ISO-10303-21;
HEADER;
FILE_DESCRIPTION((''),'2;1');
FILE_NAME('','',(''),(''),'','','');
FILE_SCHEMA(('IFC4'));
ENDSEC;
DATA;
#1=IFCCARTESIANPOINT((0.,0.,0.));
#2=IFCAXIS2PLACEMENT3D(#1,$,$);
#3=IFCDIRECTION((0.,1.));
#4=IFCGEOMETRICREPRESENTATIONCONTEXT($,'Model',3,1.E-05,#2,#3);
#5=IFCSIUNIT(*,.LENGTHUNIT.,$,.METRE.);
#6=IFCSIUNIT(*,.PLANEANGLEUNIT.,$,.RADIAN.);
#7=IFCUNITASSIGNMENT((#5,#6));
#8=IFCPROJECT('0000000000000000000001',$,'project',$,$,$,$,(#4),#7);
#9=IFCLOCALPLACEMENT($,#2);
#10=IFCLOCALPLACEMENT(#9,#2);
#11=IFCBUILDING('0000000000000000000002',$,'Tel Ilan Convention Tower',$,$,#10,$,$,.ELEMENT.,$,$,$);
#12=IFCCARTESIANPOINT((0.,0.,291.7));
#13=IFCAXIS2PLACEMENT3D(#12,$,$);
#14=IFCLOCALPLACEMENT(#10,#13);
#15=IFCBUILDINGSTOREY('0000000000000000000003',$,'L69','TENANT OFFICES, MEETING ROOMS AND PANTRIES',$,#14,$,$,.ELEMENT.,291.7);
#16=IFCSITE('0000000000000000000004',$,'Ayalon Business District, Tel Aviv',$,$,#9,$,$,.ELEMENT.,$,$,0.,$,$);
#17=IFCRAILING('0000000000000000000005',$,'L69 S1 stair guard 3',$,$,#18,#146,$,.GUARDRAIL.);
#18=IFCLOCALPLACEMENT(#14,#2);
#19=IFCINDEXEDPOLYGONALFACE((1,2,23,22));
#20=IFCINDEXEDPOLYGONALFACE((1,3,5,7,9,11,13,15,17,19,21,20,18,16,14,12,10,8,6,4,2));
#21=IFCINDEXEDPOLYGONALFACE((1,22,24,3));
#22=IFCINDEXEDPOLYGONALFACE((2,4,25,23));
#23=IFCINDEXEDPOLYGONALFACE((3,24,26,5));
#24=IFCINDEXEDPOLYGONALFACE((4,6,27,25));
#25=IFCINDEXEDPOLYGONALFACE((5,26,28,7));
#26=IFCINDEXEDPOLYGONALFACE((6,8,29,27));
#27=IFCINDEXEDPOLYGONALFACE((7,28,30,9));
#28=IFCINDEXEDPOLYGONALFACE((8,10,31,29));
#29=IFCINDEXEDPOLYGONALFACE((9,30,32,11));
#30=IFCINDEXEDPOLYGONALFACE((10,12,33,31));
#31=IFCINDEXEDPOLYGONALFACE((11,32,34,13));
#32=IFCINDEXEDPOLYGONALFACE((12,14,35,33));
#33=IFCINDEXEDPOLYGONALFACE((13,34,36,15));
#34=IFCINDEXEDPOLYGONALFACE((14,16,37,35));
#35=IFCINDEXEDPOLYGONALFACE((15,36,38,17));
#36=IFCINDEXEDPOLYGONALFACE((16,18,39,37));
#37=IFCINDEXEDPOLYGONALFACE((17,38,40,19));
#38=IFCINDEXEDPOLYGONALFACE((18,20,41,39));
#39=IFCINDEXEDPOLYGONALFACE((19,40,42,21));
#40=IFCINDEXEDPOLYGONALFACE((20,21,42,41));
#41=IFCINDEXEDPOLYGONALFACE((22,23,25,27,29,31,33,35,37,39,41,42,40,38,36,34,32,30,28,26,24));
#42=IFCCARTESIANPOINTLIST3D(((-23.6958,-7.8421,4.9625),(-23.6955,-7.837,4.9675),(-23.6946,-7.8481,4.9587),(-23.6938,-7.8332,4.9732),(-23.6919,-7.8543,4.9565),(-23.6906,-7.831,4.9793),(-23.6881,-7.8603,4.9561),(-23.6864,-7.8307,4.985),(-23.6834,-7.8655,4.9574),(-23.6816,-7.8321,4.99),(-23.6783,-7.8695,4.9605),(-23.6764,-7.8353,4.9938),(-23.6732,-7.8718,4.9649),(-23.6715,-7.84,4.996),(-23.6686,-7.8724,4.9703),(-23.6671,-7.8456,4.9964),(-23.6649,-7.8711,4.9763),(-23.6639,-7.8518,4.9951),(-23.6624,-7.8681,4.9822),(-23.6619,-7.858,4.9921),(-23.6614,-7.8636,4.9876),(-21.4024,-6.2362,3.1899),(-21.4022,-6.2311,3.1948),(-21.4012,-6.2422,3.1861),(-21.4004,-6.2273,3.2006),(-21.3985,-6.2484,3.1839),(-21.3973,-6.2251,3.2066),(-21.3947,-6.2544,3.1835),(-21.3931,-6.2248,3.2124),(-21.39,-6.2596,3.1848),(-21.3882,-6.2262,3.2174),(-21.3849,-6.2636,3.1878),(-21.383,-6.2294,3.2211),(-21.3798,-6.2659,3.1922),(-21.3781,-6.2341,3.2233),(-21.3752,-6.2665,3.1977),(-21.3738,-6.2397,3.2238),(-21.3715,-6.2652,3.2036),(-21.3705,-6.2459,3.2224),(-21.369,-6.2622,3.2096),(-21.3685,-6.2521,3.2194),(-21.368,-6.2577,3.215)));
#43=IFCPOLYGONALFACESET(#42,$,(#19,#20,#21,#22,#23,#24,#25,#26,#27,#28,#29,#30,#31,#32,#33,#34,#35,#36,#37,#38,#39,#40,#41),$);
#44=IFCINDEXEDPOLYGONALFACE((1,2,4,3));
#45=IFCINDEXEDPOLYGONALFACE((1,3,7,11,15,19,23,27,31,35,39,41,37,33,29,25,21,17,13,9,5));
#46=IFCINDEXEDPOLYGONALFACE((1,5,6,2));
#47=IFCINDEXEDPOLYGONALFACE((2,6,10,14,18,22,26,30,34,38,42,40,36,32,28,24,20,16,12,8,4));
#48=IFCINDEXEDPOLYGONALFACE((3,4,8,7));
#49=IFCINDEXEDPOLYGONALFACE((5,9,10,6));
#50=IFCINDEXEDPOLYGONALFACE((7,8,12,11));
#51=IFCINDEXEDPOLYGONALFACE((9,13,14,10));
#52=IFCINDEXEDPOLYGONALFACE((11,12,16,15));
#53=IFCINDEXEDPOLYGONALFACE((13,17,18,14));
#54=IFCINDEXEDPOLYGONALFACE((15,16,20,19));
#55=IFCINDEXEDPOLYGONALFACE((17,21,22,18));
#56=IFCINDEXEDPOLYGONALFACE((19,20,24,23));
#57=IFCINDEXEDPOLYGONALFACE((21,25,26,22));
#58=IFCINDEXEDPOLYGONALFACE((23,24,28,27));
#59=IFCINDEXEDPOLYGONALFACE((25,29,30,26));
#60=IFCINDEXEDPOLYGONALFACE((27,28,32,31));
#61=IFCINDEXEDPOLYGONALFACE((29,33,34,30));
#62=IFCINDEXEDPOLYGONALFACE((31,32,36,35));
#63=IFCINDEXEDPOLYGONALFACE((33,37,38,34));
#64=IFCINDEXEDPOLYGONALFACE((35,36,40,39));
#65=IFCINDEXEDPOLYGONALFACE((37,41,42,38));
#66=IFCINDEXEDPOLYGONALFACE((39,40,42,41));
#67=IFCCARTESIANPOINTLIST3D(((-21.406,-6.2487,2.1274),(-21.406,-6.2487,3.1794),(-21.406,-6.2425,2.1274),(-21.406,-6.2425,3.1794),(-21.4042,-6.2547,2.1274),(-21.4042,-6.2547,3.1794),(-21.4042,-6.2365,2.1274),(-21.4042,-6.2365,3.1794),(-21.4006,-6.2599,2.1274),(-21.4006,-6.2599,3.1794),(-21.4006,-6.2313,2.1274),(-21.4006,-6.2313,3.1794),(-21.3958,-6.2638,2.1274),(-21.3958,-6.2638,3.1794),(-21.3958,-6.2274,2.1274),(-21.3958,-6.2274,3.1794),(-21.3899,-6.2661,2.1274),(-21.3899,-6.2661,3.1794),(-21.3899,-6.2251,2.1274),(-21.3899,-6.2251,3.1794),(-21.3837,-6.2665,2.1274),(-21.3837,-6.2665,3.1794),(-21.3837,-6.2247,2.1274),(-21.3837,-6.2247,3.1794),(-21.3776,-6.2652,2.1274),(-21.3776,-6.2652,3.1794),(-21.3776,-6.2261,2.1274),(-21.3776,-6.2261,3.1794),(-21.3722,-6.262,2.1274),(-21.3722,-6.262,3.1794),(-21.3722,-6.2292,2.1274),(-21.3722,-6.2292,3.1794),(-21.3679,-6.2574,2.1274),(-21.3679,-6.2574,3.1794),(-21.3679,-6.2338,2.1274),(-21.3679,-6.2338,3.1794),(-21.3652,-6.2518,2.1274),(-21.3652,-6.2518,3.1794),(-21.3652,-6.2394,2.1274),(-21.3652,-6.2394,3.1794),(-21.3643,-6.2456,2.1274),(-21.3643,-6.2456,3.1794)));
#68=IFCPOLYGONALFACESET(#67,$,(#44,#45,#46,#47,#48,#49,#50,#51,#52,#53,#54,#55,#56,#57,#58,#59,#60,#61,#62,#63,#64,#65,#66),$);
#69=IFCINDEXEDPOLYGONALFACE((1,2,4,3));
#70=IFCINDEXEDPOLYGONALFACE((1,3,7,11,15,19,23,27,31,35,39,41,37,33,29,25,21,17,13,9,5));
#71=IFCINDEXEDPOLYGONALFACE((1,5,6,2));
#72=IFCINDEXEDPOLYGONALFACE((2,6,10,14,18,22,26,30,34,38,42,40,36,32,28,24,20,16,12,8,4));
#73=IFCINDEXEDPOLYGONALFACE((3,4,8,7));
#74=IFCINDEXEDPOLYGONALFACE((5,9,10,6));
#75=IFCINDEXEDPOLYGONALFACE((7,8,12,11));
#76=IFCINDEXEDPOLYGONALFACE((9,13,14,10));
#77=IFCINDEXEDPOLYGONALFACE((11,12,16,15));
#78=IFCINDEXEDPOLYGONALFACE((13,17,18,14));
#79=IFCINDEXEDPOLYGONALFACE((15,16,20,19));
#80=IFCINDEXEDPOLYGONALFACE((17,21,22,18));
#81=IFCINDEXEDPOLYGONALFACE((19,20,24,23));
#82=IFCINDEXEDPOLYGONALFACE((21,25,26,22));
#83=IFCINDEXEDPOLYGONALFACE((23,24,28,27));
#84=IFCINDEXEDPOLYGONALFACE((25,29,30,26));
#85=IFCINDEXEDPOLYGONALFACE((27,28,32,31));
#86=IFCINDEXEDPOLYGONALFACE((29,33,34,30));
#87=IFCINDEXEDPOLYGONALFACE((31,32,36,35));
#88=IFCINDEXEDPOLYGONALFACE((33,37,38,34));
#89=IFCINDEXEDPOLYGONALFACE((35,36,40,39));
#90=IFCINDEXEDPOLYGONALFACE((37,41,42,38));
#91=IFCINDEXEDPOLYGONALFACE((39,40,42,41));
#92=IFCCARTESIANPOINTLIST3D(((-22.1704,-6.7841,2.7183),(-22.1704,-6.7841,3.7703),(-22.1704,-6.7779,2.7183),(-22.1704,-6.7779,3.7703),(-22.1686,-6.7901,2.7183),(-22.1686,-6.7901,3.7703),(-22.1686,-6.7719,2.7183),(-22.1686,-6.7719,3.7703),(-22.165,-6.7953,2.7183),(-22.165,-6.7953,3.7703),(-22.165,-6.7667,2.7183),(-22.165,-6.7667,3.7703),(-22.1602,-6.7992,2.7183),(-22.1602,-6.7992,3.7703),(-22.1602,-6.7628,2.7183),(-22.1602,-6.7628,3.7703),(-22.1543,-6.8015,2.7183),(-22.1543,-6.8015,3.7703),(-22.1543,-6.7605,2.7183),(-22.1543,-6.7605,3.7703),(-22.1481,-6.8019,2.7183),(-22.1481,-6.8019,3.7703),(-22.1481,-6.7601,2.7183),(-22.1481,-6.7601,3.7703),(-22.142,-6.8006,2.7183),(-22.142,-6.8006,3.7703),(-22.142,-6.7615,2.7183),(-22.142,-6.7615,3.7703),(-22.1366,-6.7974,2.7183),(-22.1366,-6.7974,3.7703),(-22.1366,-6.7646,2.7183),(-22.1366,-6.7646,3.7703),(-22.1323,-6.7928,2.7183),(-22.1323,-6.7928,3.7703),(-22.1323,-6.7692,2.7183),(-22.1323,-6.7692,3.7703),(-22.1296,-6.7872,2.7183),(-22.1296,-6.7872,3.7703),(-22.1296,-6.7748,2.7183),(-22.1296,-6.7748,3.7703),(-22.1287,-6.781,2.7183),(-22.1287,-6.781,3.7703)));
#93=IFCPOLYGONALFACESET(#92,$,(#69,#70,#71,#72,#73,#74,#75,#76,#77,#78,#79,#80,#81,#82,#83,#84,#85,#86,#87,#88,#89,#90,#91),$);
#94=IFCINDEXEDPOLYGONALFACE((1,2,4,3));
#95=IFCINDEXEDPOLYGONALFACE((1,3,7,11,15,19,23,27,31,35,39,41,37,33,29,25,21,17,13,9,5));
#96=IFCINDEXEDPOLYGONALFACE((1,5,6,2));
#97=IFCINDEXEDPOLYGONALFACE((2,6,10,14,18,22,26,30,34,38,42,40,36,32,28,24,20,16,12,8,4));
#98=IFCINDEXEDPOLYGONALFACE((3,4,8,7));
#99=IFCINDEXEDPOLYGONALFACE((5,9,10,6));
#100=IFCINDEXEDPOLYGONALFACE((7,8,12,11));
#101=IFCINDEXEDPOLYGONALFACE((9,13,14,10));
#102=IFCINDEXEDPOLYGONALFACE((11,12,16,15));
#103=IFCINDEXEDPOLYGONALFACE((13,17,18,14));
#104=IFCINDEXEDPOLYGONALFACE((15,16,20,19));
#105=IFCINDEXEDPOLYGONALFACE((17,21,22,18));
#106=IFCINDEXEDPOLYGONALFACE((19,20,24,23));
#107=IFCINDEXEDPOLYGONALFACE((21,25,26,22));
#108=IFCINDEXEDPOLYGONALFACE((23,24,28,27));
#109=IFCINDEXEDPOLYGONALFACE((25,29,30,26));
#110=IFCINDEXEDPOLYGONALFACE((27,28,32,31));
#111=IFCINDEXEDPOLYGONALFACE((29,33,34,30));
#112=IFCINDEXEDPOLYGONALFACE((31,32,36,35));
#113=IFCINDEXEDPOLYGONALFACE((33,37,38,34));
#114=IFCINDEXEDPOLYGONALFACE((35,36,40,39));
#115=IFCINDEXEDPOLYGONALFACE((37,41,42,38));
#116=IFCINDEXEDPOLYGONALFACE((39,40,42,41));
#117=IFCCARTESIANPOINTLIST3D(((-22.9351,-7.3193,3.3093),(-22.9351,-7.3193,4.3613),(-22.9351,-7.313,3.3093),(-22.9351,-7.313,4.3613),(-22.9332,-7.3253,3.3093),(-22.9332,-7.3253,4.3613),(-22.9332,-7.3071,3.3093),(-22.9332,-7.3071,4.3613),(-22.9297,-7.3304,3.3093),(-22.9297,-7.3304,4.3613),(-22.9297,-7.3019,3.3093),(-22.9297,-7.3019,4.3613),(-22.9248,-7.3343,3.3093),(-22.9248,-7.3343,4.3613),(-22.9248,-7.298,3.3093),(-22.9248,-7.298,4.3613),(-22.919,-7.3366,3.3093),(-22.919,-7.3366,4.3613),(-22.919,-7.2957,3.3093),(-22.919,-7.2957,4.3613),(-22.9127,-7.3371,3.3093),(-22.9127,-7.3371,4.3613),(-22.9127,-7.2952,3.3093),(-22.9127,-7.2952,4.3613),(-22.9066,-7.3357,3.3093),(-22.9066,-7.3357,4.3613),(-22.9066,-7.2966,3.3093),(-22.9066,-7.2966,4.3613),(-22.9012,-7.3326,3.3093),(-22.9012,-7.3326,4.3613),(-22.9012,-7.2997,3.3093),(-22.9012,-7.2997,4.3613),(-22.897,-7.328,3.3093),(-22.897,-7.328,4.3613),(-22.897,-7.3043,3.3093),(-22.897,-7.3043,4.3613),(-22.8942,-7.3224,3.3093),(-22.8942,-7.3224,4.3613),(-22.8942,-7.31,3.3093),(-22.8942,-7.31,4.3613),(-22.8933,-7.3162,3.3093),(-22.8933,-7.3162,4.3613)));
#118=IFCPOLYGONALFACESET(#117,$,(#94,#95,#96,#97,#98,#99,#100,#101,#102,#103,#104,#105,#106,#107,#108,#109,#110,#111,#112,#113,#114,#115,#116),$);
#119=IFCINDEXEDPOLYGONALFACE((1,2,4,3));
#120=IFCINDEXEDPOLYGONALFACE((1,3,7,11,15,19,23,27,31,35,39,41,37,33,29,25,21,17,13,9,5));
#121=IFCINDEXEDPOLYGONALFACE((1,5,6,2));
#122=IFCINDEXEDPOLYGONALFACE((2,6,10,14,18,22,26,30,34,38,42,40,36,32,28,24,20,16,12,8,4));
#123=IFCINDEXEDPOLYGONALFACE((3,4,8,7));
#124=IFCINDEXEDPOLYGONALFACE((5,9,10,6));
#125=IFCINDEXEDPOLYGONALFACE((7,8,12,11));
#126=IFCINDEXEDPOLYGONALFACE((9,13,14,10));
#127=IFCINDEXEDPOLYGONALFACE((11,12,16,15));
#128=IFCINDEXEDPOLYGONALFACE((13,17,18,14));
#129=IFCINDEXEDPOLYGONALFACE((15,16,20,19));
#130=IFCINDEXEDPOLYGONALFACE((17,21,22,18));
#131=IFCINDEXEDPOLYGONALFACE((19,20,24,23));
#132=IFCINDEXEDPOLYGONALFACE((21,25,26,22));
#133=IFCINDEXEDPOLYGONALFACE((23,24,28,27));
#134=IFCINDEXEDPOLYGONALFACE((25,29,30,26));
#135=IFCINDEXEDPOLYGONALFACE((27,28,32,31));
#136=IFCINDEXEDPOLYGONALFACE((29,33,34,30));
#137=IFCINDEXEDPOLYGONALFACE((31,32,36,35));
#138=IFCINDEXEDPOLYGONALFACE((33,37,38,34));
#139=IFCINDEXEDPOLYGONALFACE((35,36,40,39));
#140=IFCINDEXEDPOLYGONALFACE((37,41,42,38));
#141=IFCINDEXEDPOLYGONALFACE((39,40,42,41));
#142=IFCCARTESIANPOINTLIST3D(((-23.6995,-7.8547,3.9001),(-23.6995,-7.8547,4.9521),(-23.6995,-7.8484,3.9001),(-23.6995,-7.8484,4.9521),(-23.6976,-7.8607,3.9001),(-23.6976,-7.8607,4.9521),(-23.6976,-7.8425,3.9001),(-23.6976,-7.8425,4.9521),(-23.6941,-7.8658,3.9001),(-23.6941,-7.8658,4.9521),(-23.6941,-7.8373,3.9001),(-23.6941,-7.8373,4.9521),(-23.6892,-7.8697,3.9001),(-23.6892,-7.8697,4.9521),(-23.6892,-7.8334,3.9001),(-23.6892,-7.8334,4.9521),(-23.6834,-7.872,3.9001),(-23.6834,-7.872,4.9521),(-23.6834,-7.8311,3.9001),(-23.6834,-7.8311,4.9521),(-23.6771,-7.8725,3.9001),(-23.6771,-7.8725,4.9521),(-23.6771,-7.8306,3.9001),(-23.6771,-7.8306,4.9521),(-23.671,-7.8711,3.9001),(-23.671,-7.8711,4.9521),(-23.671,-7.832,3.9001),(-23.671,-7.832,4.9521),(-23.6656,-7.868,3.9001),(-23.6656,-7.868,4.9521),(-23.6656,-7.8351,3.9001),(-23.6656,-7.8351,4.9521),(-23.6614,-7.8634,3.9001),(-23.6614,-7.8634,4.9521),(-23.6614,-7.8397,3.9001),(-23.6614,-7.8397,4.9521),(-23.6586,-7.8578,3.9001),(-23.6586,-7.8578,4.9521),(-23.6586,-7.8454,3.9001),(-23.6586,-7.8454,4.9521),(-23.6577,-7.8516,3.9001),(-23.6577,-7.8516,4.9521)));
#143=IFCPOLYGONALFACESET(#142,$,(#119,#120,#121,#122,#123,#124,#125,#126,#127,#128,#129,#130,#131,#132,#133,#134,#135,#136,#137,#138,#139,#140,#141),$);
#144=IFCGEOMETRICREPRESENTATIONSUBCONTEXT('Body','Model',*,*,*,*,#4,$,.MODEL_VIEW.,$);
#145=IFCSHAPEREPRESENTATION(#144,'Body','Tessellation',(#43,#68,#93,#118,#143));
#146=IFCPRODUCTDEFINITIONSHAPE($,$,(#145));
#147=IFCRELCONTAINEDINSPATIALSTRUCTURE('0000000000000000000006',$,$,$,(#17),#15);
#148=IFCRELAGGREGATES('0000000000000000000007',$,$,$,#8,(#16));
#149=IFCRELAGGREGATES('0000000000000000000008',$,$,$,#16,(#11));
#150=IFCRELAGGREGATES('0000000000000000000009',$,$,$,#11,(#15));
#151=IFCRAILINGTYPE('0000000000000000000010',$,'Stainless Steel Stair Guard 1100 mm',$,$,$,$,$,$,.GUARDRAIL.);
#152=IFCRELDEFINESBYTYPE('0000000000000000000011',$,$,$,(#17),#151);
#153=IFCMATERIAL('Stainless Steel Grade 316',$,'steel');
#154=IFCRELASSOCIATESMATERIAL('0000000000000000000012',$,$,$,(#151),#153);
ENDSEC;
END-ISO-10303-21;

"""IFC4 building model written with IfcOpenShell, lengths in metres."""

from ifc_helpers import new_model, si_unit, direction, frame, origin, origin_2d, place, context, subcontext, project, spatial, circle, extrude, material, type_object, element, save


model = new_model("IFC4")

# Units and contexts
model_context = context("Model", 3, precision=1e-05, world=origin(), true_north=direction((0.0, 1.0)))
body_context = subcontext(model_context, "Body", "Model", "MODEL_VIEW")
ifc_project = project(units=[si_unit("LENGTHUNIT", "METRE"), si_unit("PLANEANGLEUNIT", "RADIAN")], contexts=[model_context])

# Site, building, storey
site_placement = place(None, origin())
site = spatial("IfcSite", under=ifc_project, at=site_placement, Name="Ayalon Business District, Tel Aviv", CompositionType="ELEMENT", RefElevation=0.0)
building_placement = place(site_placement, origin())
building = spatial("IfcBuilding", under=site, at=building_placement, Name="Tel Ilan Convention Tower", CompositionType="ELEMENT")
storey_placement = place(building_placement, frame((0.0, 0.0, 291.7)))
storey = spatial("IfcBuildingStorey", under=building, at=storey_placement, Name="L69", Description="TENANT OFFICES, MEETING ROOMS AND PANTRIES", CompositionType="ELEMENT", Elevation=291.7)

# Railing
ifc_material_1 = material(Name="Stainless Steel Grade 316", Category="steel")
railing_type_1 = type_object("IfcRailingType", Name="Stainless Steel Stair Guard 1100 mm", PredefinedType="GUARDRAIL", material=ifc_material_1)
railing_1_placement = place(storey_placement, frame((-21.3853, -6.2456, 2.1274)))
element("IfcRailing", 1, at=railing_1_placement, inside=storey, type_object=railing_type_1, Name="L69 S1 stair guard 3", PredefinedType="GUARDRAIL", context=body_context, shape_type="SweptSolid", body=[
    extrude(circle(Radius=0.0239, at=origin_2d()), frame((0.0, 0.0, 1.0762), z_axis=(-0.692085, -0.484621, 0.53494), x_axis=(0.573591, -0.819142, 0.0)), (0.0, 0.0, 1.0), 3.3137),
    extrude(circle(Radius=0.021, at=origin_2d()), origin(), (0.0, 0.0, 1.0), 1.052),
    extrude(circle(Radius=0.021, at=origin_2d()), frame((-0.7644, -0.5354, 0.5908)), (0.0, 0.0, 1.0), 1.052),
    extrude(circle(Radius=0.021, at=origin_2d()), frame((-1.5291, -1.0706, 1.1819)), (0.0, 0.0, 1.0), 1.052),
    extrude(circle(Radius=0.021, at=origin_2d()), frame((-2.2935, -1.606, 1.7727)), (0.0, 0.0, 1.0), 1.052),
])

save(model, "model.ifc")
